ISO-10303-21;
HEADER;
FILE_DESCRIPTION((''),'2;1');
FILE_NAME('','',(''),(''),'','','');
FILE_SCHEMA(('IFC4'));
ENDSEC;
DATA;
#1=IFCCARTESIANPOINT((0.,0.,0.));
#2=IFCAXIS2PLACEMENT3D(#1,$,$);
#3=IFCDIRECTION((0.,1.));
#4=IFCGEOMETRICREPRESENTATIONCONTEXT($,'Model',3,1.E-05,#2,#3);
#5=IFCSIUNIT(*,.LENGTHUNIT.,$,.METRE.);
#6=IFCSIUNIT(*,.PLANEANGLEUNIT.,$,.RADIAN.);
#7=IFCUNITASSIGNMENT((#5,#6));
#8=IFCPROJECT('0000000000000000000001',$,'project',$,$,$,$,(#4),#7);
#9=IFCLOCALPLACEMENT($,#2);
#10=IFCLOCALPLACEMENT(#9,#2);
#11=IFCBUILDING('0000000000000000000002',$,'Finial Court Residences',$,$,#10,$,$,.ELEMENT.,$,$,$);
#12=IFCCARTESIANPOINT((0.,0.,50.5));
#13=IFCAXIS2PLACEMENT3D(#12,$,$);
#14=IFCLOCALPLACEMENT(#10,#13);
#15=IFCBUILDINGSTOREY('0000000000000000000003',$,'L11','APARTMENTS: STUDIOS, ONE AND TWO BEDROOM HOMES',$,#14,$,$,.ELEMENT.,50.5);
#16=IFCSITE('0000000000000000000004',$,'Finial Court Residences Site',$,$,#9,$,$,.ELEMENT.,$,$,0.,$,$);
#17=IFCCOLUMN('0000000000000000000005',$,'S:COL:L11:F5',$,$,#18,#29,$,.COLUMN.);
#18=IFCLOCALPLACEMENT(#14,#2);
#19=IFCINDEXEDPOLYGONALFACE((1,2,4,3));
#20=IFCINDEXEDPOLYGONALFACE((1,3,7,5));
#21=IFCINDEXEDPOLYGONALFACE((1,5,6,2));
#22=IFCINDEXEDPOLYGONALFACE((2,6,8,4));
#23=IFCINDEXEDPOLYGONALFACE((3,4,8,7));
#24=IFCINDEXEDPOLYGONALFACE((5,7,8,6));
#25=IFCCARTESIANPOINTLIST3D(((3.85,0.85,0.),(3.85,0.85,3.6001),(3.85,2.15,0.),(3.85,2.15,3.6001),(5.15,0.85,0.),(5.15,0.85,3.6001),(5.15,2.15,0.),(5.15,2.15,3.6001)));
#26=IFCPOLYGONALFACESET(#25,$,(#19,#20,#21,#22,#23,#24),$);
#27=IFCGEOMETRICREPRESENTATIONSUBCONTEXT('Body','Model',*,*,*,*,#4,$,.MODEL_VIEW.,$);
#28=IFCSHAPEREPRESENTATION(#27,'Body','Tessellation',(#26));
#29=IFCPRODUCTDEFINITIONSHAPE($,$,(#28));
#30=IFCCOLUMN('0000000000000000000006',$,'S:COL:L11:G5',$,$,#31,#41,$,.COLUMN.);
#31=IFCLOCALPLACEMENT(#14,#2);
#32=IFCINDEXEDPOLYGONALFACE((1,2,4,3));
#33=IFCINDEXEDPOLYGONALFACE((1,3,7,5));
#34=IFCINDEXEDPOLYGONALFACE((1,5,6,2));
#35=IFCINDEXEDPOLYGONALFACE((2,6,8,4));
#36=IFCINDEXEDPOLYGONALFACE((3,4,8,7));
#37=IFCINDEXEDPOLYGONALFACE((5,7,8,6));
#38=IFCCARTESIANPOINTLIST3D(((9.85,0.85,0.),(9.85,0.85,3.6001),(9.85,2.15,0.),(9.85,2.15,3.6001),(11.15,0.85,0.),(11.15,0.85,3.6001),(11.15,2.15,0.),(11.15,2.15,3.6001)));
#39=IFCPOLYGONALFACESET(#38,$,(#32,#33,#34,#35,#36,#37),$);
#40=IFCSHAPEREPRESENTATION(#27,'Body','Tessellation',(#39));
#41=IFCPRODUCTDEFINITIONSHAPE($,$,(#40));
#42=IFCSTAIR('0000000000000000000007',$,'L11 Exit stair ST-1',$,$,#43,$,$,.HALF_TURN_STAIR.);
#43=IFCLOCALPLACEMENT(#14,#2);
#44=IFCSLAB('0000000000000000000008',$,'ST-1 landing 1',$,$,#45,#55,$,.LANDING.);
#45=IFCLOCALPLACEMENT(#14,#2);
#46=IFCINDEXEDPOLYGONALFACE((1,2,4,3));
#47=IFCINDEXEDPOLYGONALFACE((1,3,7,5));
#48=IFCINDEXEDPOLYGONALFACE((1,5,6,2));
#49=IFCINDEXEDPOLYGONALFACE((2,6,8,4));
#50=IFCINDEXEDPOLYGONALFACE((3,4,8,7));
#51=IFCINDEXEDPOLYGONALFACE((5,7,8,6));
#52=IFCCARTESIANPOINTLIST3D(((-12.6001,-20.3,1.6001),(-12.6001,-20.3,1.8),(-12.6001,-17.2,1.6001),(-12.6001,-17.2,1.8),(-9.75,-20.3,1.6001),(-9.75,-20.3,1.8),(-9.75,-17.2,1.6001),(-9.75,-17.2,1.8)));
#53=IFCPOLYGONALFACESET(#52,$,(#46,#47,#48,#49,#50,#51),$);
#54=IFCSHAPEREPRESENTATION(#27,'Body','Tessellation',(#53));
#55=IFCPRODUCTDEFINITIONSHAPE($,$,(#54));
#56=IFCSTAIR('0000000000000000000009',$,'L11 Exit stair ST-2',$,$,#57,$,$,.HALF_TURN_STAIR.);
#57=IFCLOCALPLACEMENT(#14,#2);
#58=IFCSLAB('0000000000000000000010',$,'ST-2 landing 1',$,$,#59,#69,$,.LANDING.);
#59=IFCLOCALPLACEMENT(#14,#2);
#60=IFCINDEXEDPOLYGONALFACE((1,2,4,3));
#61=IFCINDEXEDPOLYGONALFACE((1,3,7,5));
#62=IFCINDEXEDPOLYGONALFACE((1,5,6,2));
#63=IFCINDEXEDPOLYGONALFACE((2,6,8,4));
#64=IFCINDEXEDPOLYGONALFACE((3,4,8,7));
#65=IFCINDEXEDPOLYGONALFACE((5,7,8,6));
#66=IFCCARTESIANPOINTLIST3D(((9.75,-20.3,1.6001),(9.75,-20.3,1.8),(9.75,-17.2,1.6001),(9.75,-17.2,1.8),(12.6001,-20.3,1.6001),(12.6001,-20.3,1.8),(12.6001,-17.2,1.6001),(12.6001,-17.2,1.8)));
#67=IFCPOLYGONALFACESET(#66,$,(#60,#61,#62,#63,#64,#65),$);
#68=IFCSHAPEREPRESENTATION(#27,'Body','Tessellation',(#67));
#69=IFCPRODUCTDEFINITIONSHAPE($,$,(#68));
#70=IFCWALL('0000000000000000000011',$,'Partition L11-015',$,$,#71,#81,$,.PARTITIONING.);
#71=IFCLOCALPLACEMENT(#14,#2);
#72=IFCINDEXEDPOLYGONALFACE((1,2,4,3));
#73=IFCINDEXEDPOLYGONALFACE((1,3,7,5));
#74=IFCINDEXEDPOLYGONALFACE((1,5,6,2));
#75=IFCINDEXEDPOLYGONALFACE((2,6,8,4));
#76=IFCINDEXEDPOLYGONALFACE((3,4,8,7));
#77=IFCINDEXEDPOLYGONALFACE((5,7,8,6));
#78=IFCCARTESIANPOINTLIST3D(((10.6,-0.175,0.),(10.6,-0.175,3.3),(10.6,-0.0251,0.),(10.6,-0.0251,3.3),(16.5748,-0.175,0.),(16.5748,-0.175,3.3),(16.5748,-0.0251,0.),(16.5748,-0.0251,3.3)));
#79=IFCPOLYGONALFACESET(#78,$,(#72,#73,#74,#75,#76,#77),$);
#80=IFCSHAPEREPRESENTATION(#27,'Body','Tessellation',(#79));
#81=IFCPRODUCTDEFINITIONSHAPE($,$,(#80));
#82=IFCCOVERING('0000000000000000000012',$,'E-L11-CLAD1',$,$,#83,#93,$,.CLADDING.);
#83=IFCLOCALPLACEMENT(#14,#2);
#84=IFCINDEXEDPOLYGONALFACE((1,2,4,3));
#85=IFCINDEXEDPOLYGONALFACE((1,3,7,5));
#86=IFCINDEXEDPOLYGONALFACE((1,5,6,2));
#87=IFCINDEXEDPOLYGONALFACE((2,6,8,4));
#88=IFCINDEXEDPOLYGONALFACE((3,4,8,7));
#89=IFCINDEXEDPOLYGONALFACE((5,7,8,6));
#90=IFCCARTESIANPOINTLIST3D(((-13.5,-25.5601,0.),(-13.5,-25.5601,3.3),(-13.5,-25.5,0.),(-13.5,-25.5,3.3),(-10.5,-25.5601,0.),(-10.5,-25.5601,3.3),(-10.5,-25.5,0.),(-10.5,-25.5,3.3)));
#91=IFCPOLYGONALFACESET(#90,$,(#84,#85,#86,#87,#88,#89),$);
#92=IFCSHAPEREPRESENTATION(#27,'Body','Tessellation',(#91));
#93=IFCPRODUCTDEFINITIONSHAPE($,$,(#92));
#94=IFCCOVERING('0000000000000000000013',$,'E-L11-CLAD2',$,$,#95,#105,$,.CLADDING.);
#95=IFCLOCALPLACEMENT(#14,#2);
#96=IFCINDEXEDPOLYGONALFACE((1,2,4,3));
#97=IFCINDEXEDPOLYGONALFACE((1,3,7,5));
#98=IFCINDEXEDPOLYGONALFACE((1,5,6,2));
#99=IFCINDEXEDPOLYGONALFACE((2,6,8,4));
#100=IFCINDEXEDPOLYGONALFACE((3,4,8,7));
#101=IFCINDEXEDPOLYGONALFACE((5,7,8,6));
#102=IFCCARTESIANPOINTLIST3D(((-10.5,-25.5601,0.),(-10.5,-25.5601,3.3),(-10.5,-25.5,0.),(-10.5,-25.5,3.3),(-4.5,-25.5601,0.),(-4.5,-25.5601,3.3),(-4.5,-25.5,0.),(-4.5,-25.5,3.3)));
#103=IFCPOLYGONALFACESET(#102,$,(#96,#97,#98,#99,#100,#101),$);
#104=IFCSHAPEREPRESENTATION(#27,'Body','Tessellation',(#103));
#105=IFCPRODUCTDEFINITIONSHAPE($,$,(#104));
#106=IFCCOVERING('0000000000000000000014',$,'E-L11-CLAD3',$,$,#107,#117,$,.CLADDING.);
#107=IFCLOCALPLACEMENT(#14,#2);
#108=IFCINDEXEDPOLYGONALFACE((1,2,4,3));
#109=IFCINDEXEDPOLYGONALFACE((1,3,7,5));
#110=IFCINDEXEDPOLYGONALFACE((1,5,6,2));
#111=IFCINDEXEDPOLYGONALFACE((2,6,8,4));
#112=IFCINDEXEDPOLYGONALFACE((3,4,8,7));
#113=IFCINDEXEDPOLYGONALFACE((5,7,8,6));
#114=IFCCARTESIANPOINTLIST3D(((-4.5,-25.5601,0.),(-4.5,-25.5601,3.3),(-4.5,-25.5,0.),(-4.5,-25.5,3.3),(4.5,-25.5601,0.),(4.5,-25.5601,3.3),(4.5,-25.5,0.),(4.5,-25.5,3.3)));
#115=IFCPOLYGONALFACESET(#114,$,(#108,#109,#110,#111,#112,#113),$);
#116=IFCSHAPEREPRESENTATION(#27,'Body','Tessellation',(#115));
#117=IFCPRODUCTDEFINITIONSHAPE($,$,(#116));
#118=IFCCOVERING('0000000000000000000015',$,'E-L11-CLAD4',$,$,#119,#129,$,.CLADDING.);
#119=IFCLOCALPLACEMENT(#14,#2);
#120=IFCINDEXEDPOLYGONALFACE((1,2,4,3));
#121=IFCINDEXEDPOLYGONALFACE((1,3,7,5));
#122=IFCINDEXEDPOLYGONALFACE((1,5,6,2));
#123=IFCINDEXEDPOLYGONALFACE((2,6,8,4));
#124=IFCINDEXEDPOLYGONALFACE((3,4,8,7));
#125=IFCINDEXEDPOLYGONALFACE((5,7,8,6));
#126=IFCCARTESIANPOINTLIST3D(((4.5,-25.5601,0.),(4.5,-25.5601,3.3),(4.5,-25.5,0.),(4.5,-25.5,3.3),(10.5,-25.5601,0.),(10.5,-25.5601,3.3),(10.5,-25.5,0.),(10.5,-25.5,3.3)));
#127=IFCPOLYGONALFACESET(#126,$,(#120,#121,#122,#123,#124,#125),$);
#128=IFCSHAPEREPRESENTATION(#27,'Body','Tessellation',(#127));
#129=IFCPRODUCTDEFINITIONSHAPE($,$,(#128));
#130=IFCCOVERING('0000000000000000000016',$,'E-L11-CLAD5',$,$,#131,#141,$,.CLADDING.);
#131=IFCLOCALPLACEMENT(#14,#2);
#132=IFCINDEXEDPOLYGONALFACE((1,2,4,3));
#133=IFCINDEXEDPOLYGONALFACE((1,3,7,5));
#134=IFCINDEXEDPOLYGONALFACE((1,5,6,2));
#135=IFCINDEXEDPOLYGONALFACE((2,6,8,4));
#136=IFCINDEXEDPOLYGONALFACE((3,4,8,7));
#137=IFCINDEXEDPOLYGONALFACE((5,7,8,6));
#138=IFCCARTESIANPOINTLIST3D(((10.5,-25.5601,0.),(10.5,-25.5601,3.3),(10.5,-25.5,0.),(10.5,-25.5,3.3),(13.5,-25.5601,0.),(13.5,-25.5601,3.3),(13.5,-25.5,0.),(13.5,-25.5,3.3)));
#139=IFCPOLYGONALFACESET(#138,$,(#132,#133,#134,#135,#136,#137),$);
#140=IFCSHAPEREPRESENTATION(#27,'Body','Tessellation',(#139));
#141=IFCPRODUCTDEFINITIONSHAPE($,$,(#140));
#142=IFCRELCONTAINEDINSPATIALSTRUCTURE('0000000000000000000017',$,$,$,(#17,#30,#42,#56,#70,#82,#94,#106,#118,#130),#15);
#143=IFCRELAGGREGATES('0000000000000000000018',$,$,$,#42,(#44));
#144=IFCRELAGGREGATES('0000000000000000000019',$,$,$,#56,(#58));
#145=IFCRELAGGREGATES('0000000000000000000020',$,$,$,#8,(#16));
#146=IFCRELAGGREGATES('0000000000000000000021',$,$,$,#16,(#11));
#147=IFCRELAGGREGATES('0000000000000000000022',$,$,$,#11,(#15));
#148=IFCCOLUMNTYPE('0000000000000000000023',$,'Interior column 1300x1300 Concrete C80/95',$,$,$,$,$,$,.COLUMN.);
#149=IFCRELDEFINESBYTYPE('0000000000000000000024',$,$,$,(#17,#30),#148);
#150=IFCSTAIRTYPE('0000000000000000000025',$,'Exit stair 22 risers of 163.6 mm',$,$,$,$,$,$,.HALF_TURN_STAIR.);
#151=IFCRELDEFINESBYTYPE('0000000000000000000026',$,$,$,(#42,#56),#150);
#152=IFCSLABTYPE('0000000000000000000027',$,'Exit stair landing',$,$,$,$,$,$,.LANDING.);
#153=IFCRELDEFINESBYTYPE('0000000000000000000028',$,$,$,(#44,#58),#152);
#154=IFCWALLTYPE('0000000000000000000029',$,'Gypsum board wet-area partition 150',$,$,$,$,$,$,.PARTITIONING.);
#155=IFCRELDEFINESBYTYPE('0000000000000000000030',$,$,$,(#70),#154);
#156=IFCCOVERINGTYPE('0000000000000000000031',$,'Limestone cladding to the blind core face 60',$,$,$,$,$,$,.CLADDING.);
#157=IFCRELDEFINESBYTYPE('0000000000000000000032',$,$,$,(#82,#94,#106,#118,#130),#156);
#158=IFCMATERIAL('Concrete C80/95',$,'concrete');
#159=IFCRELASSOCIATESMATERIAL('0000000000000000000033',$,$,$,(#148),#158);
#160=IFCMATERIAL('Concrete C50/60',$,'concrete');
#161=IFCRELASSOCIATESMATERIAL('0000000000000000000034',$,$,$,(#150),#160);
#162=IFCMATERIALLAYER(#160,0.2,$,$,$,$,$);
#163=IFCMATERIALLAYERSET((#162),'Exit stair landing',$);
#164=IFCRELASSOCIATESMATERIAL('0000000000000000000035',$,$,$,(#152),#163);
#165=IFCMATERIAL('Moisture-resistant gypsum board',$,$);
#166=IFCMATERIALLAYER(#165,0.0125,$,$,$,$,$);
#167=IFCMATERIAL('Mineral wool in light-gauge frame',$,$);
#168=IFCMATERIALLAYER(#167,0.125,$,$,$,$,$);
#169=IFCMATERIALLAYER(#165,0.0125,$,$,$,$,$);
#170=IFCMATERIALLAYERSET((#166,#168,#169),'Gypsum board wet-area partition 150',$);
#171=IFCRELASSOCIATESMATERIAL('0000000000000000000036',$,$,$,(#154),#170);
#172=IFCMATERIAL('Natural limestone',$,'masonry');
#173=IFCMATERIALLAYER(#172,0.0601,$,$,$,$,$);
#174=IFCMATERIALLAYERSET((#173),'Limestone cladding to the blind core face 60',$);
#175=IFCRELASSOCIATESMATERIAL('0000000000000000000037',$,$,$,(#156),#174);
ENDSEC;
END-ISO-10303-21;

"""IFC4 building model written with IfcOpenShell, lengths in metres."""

from ifc_helpers import new_model, si_unit, direction, frame, frame_2d, origin, origin_2d, place, context, subcontext, project, spatial, polyline, rectangle, outline, extrude, material, layer, layer_set, material_profile, profile_set, type_object, element, aggregate, save


model = new_model("IFC4")

# Units and contexts
model_context = context("Model", 3, precision=1e-05, world=origin(), true_north=direction((0.0, 1.0)))
body_context = subcontext(model_context, "Body", "Model", "MODEL_VIEW")
ifc_project = project(units=[si_unit("LENGTHUNIT", "METRE"), si_unit("PLANEANGLEUNIT", "RADIAN")], contexts=[model_context])

# Site, building, storey
site_placement = place(None, origin())
site = spatial("IfcSite", under=ifc_project, at=site_placement, Name="Finial Court Residences Site", CompositionType="ELEMENT", RefElevation=0.0)
building_placement = place(site_placement, origin())
building = spatial("IfcBuilding", under=site, at=building_placement, Name="Finial Court Residences", CompositionType="ELEMENT")
storey_placement = place(building_placement, frame((0.0, 0.0, 50.5)))
storey = spatial("IfcBuildingStorey", under=building, at=storey_placement, Name="L11", Description="APARTMENTS: STUDIOS, ONE AND TWO BEDROOM HOMES", CompositionType="ELEMENT", Elevation=50.5)

# Columns
ifc_material_1 = material(Name="Concrete C80/95", Category="concrete")
ifc_material_profile = material_profile(ifc_material_1, rectangle(XDim=1.3, YDim=1.3, at=origin_2d()), Name="1300x1300")
ifc_profile_set = profile_set([ifc_material_profile], Name="Concrete C80/95")
column_type = type_object("IfcColumnType", Name="Interior column 1300x1300 Concrete C80/95", PredefinedType="COLUMN", material=ifc_profile_set)
for number, where, z_axis, x_axis, name in (
    (1, (4.5, 1.5, 0.0), (0.0, 0.0, 1.0), (1.0, 0.0, 0.0), "S:COL:L11:F5"),
    (2, (10.5, 1.5, 0.0), (0.0, 0.0, 1.0), (1.0, 0.0, 0.0), "S:COL:L11:G5"),
):
    element("IfcColumn", number, at=place(storey_placement, frame(where, z_axis=z_axis, x_axis=x_axis)), inside=storey, type_object=column_type, Name=name, PredefinedType="COLUMN", context=body_context, shape_type="SweptSolid", body=[
        extrude(rectangle(XDim=1.3, YDim=1.3, at=origin_2d()), origin(), (0.0, 0.0, 1.0), 3.6001),
    ])

# Stairs, slabs
ifc_material_2 = material(Name="Concrete C50/60", Category="concrete")
stair_type = type_object("IfcStairType", Name="Exit stair 22 risers of 163.6 mm", PredefinedType="HALF_TURN_STAIR", material=ifc_material_2)
stair_1_placement = place(storey_placement, origin())
stair_1 = element("IfcStair", 3, at=stair_1_placement, inside=storey, type_object=stair_type, Name="L11 Exit stair ST-1", PredefinedType="HALF_TURN_STAIR")
ifc_layer_1 = layer(ifc_material_2, 0.2)
ifc_layer_set_1 = layer_set([ifc_layer_1], Name="Exit stair landing")
slab_type = type_object("IfcSlabType", Name="Exit stair landing", PredefinedType="LANDING", material=ifc_layer_set_1)
slab_1_placement = place(storey_placement, frame((0.0, 0.0, 1.6001)))
slab_1 = element("IfcSlab", 4, at=slab_1_placement, type_object=slab_type, Name="ST-1 landing 1", PredefinedType="LANDING", context=body_context, shape_type="SweptSolid", body=[
    extrude(outline(polyline([(-9.75, -20.3), (-9.75, -17.2), (-12.6001, -17.2), (-12.6001, -20.3), (-9.75, -20.3)])), origin(), (0.0, 0.0, 1.0), 0.2),
])
aggregate(stair_1, [slab_1])
stair_2_placement = place(storey_placement, origin())
stair_2 = element("IfcStair", 5, at=stair_2_placement, inside=storey, type_object=stair_type, Name="L11 Exit stair ST-2", PredefinedType="HALF_TURN_STAIR")
slab_2_placement = place(storey_placement, frame((0.0, 0.0, 1.6001)))
slab_2 = element("IfcSlab", 6, at=slab_2_placement, type_object=slab_type, Name="ST-2 landing 1", PredefinedType="LANDING", context=body_context, shape_type="SweptSolid", body=[
    extrude(outline(polyline([(12.6001, -20.3), (12.6001, -17.2), (9.75, -17.2), (9.75, -20.3), (12.6001, -20.3)])), origin(), (0.0, 0.0, 1.0), 0.2),
])
aggregate(stair_2, [slab_2])

# Wall
ifc_material_3 = material(Name="Moisture-resistant gypsum board")
ifc_layer_2 = layer(ifc_material_3, 0.0125)
ifc_material_4 = material(Name="Mineral wool in light-gauge frame")
ifc_layer_3 = layer(ifc_material_4, 0.125)
ifc_layer_4 = layer(ifc_material_3, 0.0125)
ifc_layer_set_2 = layer_set([ifc_layer_2, ifc_layer_3, ifc_layer_4], Name="Gypsum board wet-area partition 150")
wall_type = type_object("IfcWallType", Name="Gypsum board wet-area partition 150", PredefinedType="PARTITIONING", material=ifc_layer_set_2)
wall_placement = place(storey_placement, frame((10.6001, -0.1001, 0.0), z_axis=(0.0, 0.0, 1.0), x_axis=(1.0, 0.0, 0.0)))
element("IfcWall", 7, at=wall_placement, inside=storey, type_object=wall_type, Name="Partition L11-015", PredefinedType="PARTITIONING", context=body_context, shape_type="SweptSolid", body=[
    extrude(rectangle(XDim=5.9749, YDim=0.1499, at=frame_2d((2.9873, 0.0))), origin(), (0.0, 0.0, 1.0), 3.3),
])

# Coverings
ifc_material_5 = material(Name="Natural limestone", Category="masonry")
ifc_layer_5 = layer(ifc_material_5, 0.0601)
ifc_layer_set_3 = layer_set([ifc_layer_5], Name="Limestone cladding to the blind core face 60")
covering_type_1 = type_object("IfcCoveringType", Name="Limestone cladding to the blind core face 60", PredefinedType="CLADDING", material=ifc_layer_set_3)
covering_1_placement = place(storey_placement, origin())
element("IfcCovering", 8, at=covering_1_placement, inside=storey, type_object=covering_type_1, Name="E-L11-CLAD1", PredefinedType="CLADDING", context=body_context, shape_type="SweptSolid", body=[
    extrude(outline(polyline([(-10.5, -25.5601), (-10.5, -25.5), (-13.5, -25.5), (-13.5, -25.5601), (-10.5, -25.5601)])), origin(), (0.0, 0.0, 1.0), 3.3),
])
covering_2_placement = place(storey_placement, origin())
element("IfcCovering", 9, at=covering_2_placement, inside=storey, type_object=covering_type_1, Name="E-L11-CLAD2", PredefinedType="CLADDING", context=body_context, shape_type="SweptSolid", body=[
    extrude(outline(polyline([(-4.5, -25.5601), (-4.5, -25.5), (-10.5, -25.5), (-10.5, -25.5601), (-4.5, -25.5601)])), origin(), (0.0, 0.0, 1.0), 3.3),
])
covering_3_placement = place(storey_placement, origin())
element("IfcCovering", 10, at=covering_3_placement, inside=storey, type_object=covering_type_1, Name="E-L11-CLAD3", PredefinedType="CLADDING", context=body_context, shape_type="SweptSolid", body=[
    extrude(outline(polyline([(4.5, -25.5601), (4.5, -25.5), (-4.5, -25.5), (-4.5, -25.5601), (4.5, -25.5601)])), origin(), (0.0, 0.0, 1.0), 3.3),
])
covering_4_placement = place(storey_placement, origin())
element("IfcCovering", 11, at=covering_4_placement, inside=storey, type_object=covering_type_1, Name="E-L11-CLAD4", PredefinedType="CLADDING", context=body_context, shape_type="SweptSolid", body=[
    extrude(outline(polyline([(10.5, -25.5601), (10.5, -25.5), (4.5, -25.5), (4.5, -25.5601), (10.5, -25.5601)])), origin(), (0.0, 0.0, 1.0), 3.3),
])
covering_5_placement = place(storey_placement, origin())
element("IfcCovering", 12, at=covering_5_placement, inside=storey, type_object=covering_type_1, Name="E-L11-CLAD5", PredefinedType="CLADDING", context=body_context, shape_type="SweptSolid", body=[
    extrude(outline(polyline([(13.5, -25.5601), (13.5, -25.5), (10.5, -25.5), (10.5, -25.5601), (13.5, -25.5601)])), origin(), (0.0, 0.0, 1.0), 3.3),
])

save(model, "model.ifc")
